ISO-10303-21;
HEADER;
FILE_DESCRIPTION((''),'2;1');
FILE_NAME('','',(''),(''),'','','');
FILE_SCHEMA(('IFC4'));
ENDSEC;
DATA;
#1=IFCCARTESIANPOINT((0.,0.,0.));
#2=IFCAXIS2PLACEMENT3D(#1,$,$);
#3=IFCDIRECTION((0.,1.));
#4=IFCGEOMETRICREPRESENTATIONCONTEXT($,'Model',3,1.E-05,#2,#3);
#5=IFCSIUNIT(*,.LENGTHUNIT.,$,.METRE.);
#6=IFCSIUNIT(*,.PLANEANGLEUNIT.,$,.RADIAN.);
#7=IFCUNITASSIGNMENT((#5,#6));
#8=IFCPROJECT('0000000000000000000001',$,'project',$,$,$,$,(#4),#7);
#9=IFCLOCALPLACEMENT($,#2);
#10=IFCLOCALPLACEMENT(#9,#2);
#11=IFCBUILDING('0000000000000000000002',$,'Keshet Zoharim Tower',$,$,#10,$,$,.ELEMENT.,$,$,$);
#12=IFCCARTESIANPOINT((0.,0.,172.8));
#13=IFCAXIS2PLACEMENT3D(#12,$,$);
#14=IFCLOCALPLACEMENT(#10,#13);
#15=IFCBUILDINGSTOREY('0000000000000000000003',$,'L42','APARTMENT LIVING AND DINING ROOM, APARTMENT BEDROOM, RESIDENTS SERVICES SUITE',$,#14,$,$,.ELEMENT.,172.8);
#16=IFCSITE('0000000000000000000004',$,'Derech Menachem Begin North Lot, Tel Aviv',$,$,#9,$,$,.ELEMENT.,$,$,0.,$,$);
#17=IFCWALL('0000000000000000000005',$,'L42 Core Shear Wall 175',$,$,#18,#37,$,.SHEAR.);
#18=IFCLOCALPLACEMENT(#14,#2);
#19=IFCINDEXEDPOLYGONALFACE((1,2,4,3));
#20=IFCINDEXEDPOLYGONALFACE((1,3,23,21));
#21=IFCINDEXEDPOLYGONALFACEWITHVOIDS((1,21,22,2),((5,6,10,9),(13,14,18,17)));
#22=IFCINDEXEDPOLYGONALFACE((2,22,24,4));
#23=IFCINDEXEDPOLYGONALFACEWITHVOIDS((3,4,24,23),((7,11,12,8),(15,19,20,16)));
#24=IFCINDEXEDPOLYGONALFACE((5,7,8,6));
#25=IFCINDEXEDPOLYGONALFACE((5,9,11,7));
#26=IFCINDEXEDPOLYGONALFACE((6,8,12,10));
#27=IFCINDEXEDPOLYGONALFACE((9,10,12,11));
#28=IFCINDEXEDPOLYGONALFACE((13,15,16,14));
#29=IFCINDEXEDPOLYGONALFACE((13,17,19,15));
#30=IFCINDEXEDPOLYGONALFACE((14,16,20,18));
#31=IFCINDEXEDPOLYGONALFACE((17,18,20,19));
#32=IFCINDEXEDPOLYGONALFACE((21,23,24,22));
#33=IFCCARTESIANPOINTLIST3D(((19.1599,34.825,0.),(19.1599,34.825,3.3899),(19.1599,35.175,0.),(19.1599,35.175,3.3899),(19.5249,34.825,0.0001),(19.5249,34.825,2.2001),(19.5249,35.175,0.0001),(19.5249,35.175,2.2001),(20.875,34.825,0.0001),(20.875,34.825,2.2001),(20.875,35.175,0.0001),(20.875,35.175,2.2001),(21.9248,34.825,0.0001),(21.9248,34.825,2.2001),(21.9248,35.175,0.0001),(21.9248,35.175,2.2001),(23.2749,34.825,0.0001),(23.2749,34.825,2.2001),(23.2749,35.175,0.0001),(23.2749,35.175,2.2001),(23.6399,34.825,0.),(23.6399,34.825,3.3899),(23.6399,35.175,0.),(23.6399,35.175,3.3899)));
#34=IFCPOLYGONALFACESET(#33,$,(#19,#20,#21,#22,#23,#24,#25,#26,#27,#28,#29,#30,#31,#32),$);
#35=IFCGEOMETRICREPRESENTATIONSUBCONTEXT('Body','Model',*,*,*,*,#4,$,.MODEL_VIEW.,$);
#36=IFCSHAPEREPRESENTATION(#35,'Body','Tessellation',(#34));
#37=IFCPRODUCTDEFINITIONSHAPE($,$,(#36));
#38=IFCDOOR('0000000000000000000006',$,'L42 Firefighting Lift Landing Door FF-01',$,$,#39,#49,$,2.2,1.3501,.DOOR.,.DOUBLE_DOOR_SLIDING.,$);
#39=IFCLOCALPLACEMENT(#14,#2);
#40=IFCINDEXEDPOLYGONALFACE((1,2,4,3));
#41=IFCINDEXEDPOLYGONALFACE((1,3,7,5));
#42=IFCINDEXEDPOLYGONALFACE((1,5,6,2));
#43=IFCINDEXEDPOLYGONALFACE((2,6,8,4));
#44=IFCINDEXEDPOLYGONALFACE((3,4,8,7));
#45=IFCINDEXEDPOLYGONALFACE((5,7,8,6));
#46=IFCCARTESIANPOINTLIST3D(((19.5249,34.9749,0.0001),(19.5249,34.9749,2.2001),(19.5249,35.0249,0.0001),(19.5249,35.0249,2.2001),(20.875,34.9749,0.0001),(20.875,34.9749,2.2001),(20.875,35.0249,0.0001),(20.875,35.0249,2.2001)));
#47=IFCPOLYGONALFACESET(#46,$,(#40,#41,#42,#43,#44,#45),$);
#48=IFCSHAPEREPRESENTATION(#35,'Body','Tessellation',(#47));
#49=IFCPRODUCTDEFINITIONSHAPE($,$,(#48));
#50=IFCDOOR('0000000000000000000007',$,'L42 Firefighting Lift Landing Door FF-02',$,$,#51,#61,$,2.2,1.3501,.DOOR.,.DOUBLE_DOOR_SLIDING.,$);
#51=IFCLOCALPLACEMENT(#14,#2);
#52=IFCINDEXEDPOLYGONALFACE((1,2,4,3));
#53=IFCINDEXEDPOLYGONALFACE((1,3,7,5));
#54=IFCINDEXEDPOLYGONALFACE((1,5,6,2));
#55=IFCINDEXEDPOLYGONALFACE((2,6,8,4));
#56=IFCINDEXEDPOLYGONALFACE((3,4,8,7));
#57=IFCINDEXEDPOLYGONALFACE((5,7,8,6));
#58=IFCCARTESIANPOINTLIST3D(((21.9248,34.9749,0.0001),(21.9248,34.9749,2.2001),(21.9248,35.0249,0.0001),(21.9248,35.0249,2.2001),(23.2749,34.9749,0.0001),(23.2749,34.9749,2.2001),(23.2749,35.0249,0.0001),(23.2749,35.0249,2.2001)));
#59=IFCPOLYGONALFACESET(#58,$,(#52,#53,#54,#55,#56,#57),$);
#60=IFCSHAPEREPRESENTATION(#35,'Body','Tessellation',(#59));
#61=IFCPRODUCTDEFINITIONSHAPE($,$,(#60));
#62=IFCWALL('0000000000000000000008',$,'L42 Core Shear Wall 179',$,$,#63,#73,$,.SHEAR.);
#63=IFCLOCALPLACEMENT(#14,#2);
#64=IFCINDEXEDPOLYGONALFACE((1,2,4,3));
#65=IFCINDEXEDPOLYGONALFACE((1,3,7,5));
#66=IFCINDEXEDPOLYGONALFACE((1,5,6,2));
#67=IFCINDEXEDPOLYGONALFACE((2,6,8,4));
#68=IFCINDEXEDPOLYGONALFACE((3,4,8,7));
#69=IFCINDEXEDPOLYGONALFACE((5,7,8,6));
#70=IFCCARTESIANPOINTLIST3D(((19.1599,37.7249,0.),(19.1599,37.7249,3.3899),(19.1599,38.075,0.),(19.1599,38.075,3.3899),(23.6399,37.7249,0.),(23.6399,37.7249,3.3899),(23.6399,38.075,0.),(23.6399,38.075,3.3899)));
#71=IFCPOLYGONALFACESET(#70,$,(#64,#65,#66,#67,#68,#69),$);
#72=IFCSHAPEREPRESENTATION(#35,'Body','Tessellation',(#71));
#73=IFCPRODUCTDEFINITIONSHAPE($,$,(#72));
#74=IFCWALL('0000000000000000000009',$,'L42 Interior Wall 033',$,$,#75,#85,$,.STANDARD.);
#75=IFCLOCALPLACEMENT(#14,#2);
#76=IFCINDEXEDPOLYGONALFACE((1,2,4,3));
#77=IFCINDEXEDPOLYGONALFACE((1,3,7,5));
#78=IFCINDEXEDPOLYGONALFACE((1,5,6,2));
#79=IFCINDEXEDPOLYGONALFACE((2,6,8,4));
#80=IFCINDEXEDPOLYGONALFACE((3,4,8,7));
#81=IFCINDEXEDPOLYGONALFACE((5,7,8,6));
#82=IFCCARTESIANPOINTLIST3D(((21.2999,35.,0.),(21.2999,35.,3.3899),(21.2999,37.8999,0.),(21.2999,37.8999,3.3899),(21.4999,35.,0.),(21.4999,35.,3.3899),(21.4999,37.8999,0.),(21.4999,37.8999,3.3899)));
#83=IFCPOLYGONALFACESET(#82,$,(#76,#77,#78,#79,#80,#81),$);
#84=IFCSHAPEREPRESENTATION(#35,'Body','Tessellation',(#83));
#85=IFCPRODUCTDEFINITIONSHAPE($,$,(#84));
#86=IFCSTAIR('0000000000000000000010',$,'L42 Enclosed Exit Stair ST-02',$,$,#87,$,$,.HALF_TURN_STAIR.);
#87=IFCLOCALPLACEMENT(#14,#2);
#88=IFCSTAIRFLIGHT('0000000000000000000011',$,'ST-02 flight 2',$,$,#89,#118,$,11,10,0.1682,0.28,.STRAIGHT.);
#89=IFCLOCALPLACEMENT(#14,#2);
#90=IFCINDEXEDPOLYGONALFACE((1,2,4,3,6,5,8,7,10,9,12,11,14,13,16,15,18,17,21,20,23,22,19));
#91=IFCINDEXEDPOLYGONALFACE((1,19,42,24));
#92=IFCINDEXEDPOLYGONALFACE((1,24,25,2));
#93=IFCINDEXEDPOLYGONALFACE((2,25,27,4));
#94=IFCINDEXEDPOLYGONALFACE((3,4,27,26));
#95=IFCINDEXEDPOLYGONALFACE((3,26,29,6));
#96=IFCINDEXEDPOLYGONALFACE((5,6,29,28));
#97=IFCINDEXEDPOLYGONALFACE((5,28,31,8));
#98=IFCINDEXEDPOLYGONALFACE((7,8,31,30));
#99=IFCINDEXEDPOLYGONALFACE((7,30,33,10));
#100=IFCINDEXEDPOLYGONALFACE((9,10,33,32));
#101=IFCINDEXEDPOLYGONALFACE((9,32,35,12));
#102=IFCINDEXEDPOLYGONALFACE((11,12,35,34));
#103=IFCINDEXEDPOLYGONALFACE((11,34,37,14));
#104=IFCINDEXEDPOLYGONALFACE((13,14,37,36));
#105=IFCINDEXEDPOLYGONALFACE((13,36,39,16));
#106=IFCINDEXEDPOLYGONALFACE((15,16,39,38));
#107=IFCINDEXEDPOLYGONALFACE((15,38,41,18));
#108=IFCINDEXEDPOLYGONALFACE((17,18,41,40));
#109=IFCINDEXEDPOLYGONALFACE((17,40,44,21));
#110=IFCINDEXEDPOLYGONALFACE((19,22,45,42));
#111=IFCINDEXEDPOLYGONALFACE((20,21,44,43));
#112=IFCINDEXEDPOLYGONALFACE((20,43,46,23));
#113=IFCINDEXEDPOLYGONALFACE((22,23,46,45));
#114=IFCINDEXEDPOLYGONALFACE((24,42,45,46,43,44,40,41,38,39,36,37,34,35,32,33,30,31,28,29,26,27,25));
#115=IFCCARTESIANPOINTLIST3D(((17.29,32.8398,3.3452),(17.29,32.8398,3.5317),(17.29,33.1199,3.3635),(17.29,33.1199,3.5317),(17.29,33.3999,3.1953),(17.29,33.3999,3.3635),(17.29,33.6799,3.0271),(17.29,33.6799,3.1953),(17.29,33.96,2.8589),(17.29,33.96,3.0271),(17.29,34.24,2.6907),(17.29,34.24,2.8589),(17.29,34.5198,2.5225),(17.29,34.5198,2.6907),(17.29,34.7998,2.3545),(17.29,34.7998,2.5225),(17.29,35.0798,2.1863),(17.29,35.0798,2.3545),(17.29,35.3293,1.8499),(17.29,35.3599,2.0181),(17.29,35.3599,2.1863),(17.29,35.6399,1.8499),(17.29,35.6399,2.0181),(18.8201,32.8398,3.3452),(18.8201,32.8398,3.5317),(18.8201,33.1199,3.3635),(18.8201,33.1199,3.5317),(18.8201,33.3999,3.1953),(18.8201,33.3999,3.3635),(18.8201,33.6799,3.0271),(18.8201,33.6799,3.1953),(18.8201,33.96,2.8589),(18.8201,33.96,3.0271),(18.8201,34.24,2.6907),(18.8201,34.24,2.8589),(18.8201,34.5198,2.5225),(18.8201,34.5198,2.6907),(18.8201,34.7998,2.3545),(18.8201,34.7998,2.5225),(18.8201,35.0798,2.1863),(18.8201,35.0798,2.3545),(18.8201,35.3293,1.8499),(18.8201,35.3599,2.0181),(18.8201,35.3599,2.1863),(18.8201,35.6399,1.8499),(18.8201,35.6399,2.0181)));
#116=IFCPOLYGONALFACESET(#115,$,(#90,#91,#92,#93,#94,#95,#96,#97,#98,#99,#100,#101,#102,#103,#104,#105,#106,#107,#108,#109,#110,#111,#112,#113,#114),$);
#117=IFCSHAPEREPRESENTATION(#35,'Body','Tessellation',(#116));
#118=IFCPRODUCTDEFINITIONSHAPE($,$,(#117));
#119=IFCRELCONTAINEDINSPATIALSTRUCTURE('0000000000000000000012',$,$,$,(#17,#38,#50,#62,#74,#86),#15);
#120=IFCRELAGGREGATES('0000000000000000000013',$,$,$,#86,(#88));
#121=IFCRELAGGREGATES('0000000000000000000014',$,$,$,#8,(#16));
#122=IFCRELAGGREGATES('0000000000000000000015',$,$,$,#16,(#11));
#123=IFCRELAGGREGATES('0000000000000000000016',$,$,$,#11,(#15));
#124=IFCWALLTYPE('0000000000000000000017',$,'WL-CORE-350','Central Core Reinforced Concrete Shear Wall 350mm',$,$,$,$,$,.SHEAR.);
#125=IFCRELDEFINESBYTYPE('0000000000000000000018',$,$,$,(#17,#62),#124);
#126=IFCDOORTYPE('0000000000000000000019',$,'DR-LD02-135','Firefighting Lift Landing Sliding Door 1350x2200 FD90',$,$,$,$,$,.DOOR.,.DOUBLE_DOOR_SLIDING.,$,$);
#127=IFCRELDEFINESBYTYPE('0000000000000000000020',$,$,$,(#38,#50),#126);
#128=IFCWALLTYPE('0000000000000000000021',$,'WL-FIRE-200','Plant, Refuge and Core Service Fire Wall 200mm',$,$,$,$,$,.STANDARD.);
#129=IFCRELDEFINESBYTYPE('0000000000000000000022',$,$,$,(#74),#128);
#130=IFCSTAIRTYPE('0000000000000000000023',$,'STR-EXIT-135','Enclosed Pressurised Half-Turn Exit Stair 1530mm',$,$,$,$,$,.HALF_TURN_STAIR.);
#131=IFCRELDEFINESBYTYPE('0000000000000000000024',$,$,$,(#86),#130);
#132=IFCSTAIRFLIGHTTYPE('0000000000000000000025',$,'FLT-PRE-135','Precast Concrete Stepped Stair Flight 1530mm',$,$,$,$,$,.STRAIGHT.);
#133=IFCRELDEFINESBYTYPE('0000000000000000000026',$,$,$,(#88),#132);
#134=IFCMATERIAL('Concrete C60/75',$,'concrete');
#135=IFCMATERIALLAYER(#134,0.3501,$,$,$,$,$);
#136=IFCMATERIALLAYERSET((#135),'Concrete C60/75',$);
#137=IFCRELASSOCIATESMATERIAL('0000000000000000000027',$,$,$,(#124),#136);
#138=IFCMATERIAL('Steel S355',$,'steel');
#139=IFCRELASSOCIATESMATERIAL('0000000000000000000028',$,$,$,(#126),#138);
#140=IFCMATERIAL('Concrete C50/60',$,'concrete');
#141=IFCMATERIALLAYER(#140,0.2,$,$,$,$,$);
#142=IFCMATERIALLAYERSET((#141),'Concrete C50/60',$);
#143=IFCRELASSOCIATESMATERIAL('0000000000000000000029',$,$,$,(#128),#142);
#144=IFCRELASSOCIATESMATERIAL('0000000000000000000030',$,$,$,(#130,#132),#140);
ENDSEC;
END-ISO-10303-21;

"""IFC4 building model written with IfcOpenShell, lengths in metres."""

from ifc_helpers import new_model, si_unit, direction, frame, frame_2d, origin, place, context, subcontext, project, spatial, polyline, rectangle, outline, extrude, material, layer, layer_set, type_object, element, fill, aggregate, save


model = new_model("IFC4")

# Units and contexts
model_context = context("Model", 3, precision=1e-05, world=origin(), true_north=direction((0.0, 1.0)))
body_context = subcontext(model_context, "Body", "Model", "MODEL_VIEW")
ifc_project = project(units=[si_unit("LENGTHUNIT", "METRE"), si_unit("PLANEANGLEUNIT", "RADIAN")], contexts=[model_context])

# Site, building, storey
site_placement = place(None, origin())
site = spatial("IfcSite", under=ifc_project, at=site_placement, Name="Derech Menachem Begin North Lot, Tel Aviv", CompositionType="ELEMENT", RefElevation=0.0)
building_placement = place(site_placement, origin())
building = spatial("IfcBuilding", under=site, at=building_placement, Name="Keshet Zoharim Tower", CompositionType="ELEMENT")
storey_placement = place(building_placement, frame((0.0, 0.0, 172.8)))
storey = spatial("IfcBuildingStorey", under=building, at=storey_placement, Name="L42", Description="APARTMENT LIVING AND DINING ROOM, APARTMENT BEDROOM, RESIDENTS SERVICES SUITE", CompositionType="ELEMENT", Elevation=172.8)

# Shared definitions
ifc_material_1 = material(Name="Steel S355", Category="steel")

# Shared definitions
ifc_material_2 = material(Name="Concrete C60/75", Category="concrete")
ifc_layer_1 = layer(ifc_material_2, 0.3501)
ifc_layer_set_1 = layer_set([ifc_layer_1], Name="Concrete C60/75")
wall_type_1 = type_object("IfcWallType", Name="WL-CORE-350", Description="Central Core Reinforced Concrete Shear Wall 350mm", PredefinedType="SHEAR", material=ifc_layer_set_1)

# Wall, openings, doors
wall_1_placement = place(storey_placement, frame((19.1599, 35.0, 0.0), z_axis=(0.0, 0.0, 1.0), x_axis=(1.0, 0.0, 0.0)))
wall_1 = element("IfcWall", 1, at=wall_1_placement, inside=storey, type_object=wall_type_1, Name="L42 Core Shear Wall 175", PredefinedType="SHEAR", context=body_context, shape_type="SweptSolid", body=[
    extrude(rectangle(XDim=4.48, YDim=0.3501, at=frame_2d((2.24, 0.0))), origin(), (0.0, 0.0, 1.0), 3.3899),
])
opening_1_placement = place(wall_1_placement, frame((0.365, 0.0, 0.0)))
opening_1 = element("IfcOpeningElement", 2, at=opening_1_placement, cuts=wall_1, PredefinedType="OPENING", context=body_context, shape_type="SweptSolid", body=[
    extrude(rectangle(XDim=1.3501, YDim=2.2, at=frame_2d((0.675, 1.1001))), frame((0.0, 0.1851, 0.0), z_axis=(0.0, -1.0, 0.0), x_axis=(1.0, 0.0, 0.0)), (0.0, 0.0, 1.0), 0.3701),
])
opening_2_placement = place(wall_1_placement, frame((2.7649, 0.0, 0.0)))
opening_2 = element("IfcOpeningElement", 3, at=opening_2_placement, cuts=wall_1, PredefinedType="OPENING", context=body_context, shape_type="SweptSolid", body=[
    extrude(rectangle(XDim=1.3501, YDim=2.2, at=frame_2d((0.675, 1.1001))), frame((0.0, 0.1851, 0.0), z_axis=(0.0, -1.0, 0.0), x_axis=(1.0, 0.0, 0.0)), (0.0, 0.0, 1.0), 0.3701),
])
door_type_1 = type_object("IfcDoorType", Name="DR-LD02-135", Description="Firefighting Lift Landing Sliding Door 1350x2200 FD90", OperationType="DOUBLE_DOOR_SLIDING", PredefinedType="DOOR", material=ifc_material_1)
door_1_placement = place(opening_1_placement, origin())
door_1 = element("IfcDoor", 4, at=door_1_placement, inside=storey, type_object=door_type_1, Name="L42 Firefighting Lift Landing Door FF-01", OperationType="DOUBLE_DOOR_SLIDING", OverallHeight=2.2, OverallWidth=1.3501, PredefinedType="DOOR", context=body_context, shape_type="SweptSolid", body=[
    extrude(rectangle(XDim=1.3501, YDim=2.2, at=frame_2d((0.675, 1.1001))), frame((0.0, 0.0249, 0.0), z_axis=(0.0, -1.0, 0.0), x_axis=(1.0, 0.0, 0.0)), (0.0, 0.0, 1.0), 0.05),
])
fill(opening_1, door_1)
door_2_placement = place(opening_2_placement, origin())
door_2 = element("IfcDoor", 5, at=door_2_placement, inside=storey, type_object=door_type_1, Name="L42 Firefighting Lift Landing Door FF-02", OperationType="DOUBLE_DOOR_SLIDING", OverallHeight=2.2, OverallWidth=1.3501, PredefinedType="DOOR", context=body_context, shape_type="SweptSolid", body=[
    extrude(rectangle(XDim=1.3501, YDim=2.2, at=frame_2d((0.675, 1.1001))), frame((0.0, 0.0249, 0.0), z_axis=(0.0, -1.0, 0.0), x_axis=(1.0, 0.0, 0.0)), (0.0, 0.0, 1.0), 0.05),
])
fill(opening_2, door_2)

# Walls
wall_2_placement = place(storey_placement, frame((19.1599, 37.8999, 0.0), z_axis=(0.0, 0.0, 1.0), x_axis=(1.0, 0.0, 0.0)))
element("IfcWall", 6, at=wall_2_placement, inside=storey, type_object=wall_type_1, Name="L42 Core Shear Wall 179", PredefinedType="SHEAR", context=body_context, shape_type="SweptSolid", body=[
    extrude(rectangle(XDim=4.48, YDim=0.3501, at=frame_2d((2.24, 0.0))), origin(), (0.0, 0.0, 1.0), 3.3899),
])
ifc_material_3 = material(Name="Concrete C50/60", Category="concrete")
ifc_layer_2 = layer(ifc_material_3, 0.2)
ifc_layer_set_2 = layer_set([ifc_layer_2], Name="Concrete C50/60")
wall_type_2 = type_object("IfcWallType", Name="WL-FIRE-200", Description="Plant, Refuge and Core Service Fire Wall 200mm", PredefinedType="STANDARD", material=ifc_layer_set_2)
wall_3_placement = place(storey_placement, frame((21.3999, 35.0, 0.0), z_axis=(0.0, 0.0, 1.0), x_axis=(0.0, 1.0, 0.0)))
element("IfcWall", 7, at=wall_3_placement, inside=storey, type_object=wall_type_2, Name="L42 Interior Wall 033", PredefinedType="STANDARD", context=body_context, shape_type="SweptSolid", body=[
    extrude(rectangle(XDim=2.8999, YDim=0.2, at=frame_2d((1.45, 0.0))), origin(), (0.0, 0.0, 1.0), 3.3899),
])

# Stair, stair flight
stair_type = type_object("IfcStairType", Name="STR-EXIT-135", Description="Enclosed Pressurised Half-Turn Exit Stair 1530mm", PredefinedType="HALF_TURN_STAIR", material=ifc_material_3)
stair_placement = place(storey_placement, origin())
stair = element("IfcStair", 8, at=stair_placement, inside=storey, type_object=stair_type, Name="L42 Enclosed Exit Stair ST-02", PredefinedType="HALF_TURN_STAIR")
stair_flight_type = type_object("IfcStairFlightType", Name="FLT-PRE-135", Description="Precast Concrete Stepped Stair Flight 1530mm", PredefinedType="STRAIGHT", material=ifc_material_3)
stair_flight_placement = place(storey_placement, frame((18.0549, 35.6399, 1.8499), z_axis=(0.0, 0.0, 1.0), x_axis=(0.0, -1.0, 0.0)))
stair_flight = element("IfcStairFlight", 9, at=stair_flight_placement, type_object=stair_flight_type, Name="ST-02 flight 2", NumberOfRisers=11, NumberOfTreads=10, PredefinedType="STRAIGHT", RiserHeight=0.1682, TreadLength=0.28, context=body_context, shape_type="SweptSolid", body=[
    extrude(outline(polyline([(0.0, 0.0), (0.0, 0.1682), (0.28, 0.1682), (0.28, 0.3364), (0.5601, 0.3364), (0.5601, 0.5046), (0.8401, 0.5046), (0.8401, 0.6726), (1.1201, 0.6726), (1.1201, 0.8408), (1.3999, 0.8408), (1.3999, 1.009), (1.6799, 1.009), (1.6799, 1.1772), (1.96, 1.1772), (1.96, 1.3455), (2.24, 1.3455), (2.24, 1.5137), (2.52, 1.5137), (2.52, 1.6819), (2.8, 1.6819), (2.8, 1.8501), (2.8, 1.4954), (0.3105, 0.0), (0.0, 0.0)])), frame((0.0, 0.7651, 0.0), z_axis=(0.0, -1.0, 0.0), x_axis=(1.0, 0.0, 0.0)), (0.0, 0.0, 1.0), 1.53),
])
aggregate(stair, [stair_flight])

save(model, "model.ifc")
